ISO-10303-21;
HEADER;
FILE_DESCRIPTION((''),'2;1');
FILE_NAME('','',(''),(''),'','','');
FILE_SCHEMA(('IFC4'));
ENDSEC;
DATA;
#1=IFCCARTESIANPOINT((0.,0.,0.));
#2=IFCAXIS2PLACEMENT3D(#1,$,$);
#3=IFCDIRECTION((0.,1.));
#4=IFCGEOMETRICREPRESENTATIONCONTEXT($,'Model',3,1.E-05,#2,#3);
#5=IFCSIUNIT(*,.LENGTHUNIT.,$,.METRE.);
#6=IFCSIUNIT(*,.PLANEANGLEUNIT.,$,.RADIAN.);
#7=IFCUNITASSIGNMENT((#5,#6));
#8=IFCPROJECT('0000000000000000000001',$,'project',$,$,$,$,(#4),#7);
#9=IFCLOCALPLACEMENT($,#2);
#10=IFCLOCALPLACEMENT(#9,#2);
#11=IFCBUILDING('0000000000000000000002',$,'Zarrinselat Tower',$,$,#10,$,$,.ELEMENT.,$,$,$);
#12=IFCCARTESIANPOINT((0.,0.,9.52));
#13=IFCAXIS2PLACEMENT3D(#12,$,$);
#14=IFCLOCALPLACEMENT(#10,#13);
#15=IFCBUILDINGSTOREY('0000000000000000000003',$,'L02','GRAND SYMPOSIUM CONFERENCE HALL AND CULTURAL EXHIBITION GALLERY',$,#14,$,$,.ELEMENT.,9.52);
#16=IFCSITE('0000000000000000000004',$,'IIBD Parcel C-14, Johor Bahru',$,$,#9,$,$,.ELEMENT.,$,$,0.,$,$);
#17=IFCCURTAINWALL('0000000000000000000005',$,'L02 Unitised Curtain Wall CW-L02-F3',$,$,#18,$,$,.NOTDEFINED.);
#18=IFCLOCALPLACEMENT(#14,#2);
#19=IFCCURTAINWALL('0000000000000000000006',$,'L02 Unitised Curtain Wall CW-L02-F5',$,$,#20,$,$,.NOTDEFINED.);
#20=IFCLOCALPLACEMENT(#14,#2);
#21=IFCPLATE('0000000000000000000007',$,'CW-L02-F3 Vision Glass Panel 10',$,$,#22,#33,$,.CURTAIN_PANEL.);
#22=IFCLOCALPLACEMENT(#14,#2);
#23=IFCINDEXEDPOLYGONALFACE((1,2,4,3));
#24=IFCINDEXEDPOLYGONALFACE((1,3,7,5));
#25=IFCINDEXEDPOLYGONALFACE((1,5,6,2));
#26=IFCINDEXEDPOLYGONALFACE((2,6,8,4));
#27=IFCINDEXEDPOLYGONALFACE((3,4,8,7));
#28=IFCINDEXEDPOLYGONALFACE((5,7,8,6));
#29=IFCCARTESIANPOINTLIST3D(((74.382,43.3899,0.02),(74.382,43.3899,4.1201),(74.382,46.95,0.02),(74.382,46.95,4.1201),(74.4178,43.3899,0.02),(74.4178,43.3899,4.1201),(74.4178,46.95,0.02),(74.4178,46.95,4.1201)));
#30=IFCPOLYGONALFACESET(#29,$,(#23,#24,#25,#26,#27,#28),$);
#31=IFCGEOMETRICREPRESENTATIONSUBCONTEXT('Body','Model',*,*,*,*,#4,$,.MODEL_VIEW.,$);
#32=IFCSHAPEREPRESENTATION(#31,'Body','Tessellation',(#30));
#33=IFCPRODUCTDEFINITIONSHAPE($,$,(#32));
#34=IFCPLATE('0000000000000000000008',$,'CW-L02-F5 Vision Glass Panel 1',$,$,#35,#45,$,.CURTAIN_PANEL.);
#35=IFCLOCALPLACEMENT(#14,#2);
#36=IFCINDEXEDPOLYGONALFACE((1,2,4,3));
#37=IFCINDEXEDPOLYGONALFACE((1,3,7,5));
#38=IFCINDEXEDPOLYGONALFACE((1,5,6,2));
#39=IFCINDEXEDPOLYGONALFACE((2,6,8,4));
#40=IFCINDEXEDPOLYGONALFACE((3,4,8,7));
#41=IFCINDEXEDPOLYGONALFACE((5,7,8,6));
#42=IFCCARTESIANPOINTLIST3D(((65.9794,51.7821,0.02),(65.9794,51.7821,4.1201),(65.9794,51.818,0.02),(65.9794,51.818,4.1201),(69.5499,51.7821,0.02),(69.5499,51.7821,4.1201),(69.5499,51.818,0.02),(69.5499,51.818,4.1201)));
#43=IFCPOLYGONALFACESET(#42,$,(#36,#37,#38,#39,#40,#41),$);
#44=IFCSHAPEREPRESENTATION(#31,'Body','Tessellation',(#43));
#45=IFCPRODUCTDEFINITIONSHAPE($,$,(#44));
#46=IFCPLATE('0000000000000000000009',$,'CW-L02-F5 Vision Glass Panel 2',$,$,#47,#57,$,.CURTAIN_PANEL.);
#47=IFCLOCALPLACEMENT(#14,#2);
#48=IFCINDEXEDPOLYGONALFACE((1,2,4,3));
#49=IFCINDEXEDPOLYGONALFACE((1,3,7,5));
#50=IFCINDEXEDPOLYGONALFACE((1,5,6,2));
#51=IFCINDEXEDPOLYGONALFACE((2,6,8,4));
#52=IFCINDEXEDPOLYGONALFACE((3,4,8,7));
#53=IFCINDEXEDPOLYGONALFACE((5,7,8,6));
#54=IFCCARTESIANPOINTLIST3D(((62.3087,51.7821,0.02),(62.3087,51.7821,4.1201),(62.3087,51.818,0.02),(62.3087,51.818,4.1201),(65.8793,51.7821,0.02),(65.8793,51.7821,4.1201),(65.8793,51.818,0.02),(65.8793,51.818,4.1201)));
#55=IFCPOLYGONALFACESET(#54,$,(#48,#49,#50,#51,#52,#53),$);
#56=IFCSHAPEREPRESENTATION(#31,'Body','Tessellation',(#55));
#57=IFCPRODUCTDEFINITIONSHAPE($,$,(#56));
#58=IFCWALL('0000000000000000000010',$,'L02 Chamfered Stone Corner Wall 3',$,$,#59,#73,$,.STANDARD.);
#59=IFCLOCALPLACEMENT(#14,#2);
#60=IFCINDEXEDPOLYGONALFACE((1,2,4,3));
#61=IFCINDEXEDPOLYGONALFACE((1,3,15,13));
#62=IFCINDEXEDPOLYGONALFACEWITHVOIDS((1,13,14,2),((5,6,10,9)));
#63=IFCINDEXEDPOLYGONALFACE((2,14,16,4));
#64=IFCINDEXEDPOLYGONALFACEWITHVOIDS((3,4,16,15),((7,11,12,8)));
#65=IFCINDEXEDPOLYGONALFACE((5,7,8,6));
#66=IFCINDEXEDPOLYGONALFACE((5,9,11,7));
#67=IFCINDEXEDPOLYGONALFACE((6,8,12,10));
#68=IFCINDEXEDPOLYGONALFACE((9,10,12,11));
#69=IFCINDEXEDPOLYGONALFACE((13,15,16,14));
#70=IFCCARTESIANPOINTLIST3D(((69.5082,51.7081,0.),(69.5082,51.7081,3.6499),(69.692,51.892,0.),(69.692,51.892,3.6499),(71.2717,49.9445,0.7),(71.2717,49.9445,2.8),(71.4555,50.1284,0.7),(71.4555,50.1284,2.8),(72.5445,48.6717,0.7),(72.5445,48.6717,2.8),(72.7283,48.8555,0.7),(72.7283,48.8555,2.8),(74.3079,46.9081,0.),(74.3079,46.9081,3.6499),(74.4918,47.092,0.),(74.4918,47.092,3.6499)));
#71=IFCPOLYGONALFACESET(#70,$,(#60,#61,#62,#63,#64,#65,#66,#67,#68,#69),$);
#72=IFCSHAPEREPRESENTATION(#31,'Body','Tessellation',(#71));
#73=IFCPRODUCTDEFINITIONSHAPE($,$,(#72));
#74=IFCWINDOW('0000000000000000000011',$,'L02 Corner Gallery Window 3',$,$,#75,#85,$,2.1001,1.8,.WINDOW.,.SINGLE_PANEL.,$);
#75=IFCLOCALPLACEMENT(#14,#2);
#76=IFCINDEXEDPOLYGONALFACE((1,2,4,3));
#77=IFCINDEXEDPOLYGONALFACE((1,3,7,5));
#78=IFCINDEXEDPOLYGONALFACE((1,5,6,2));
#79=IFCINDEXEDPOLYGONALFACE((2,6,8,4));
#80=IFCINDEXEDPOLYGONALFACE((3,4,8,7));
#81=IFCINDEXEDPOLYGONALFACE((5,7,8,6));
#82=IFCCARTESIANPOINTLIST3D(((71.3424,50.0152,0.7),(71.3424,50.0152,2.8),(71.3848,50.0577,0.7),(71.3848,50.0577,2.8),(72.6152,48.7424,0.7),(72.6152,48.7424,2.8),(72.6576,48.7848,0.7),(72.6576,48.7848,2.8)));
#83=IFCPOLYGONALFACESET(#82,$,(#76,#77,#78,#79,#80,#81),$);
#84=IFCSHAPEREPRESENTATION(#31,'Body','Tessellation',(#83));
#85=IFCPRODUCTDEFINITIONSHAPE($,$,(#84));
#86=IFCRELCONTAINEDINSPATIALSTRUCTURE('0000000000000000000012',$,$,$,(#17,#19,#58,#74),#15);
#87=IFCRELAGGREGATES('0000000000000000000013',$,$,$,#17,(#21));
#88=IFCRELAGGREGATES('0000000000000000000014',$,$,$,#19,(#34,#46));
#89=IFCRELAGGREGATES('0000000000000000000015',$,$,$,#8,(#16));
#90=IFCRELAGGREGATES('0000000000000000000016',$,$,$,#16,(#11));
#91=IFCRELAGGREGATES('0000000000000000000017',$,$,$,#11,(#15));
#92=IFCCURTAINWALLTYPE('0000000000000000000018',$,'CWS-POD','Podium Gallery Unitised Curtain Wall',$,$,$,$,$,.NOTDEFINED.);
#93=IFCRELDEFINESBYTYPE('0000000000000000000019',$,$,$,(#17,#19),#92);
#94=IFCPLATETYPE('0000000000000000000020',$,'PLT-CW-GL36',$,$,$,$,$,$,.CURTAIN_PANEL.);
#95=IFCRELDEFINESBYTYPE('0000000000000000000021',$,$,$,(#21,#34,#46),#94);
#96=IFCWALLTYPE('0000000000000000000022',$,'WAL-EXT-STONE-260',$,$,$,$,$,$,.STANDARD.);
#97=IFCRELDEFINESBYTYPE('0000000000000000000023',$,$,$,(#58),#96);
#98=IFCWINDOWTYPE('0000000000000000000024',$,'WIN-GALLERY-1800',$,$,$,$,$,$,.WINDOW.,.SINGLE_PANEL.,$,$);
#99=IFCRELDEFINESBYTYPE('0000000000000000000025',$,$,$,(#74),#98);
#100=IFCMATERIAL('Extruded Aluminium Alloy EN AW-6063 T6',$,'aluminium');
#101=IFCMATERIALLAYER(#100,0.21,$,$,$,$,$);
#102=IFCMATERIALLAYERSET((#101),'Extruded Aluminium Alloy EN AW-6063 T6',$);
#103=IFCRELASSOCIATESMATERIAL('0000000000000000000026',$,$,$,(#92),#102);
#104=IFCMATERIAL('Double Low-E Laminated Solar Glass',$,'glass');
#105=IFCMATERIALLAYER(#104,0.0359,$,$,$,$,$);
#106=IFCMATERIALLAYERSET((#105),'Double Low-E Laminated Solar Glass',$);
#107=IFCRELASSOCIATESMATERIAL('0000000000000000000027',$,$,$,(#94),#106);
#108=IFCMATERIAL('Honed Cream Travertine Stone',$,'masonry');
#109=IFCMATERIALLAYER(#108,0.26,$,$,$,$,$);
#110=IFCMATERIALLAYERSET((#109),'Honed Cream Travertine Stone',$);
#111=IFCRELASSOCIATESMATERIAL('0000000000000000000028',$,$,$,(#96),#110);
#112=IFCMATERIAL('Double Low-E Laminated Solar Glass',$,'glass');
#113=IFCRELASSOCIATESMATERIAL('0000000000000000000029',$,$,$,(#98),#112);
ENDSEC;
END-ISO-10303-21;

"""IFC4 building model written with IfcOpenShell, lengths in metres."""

from ifc_helpers import new_model, si_unit, direction, frame, frame_2d, origin, origin_2d, place, context, subcontext, project, spatial, rectangle, extrude, material, layer, layer_set, type_object, element, fill, aggregate, save


model = new_model("IFC4")

# Units and contexts
model_context = context("Model", 3, precision=1e-05, world=origin(), true_north=direction((0.0, 1.0)))
body_context = subcontext(model_context, "Body", "Model", "MODEL_VIEW")
ifc_project = project(units=[si_unit("LENGTHUNIT", "METRE"), si_unit("PLANEANGLEUNIT", "RADIAN")], contexts=[model_context])

# Site, building, storey
site_placement = place(None, origin())
site = spatial("IfcSite", under=ifc_project, at=site_placement, Name="IIBD Parcel C-14, Johor Bahru", CompositionType="ELEMENT", RefElevation=0.0)
building_placement = place(site_placement, origin())
building = spatial("IfcBuilding", under=site, at=building_placement, Name="Zarrinselat Tower", CompositionType="ELEMENT")
storey_placement = place(building_placement, frame((0.0, 0.0, 9.52)))
storey = spatial("IfcBuildingStorey", under=building, at=storey_placement, Name="L02", Description="GRAND SYMPOSIUM CONFERENCE HALL AND CULTURAL EXHIBITION GALLERY", CompositionType="ELEMENT", Elevation=9.52)

# Curtain walls
ifc_material_1 = material(Name="Extruded Aluminium Alloy EN AW-6063 T6", Category="aluminium")
ifc_layer_1 = layer(ifc_material_1, 0.21)
ifc_layer_set_1 = layer_set([ifc_layer_1], Name="Extruded Aluminium Alloy EN AW-6063 T6")
curtain_wall_type = type_object("IfcCurtainWallType", Name="CWS-POD", Description="Podium Gallery Unitised Curtain Wall", PredefinedType="NOTDEFINED", material=ifc_layer_set_1)
curtain_wall_1_placement = place(storey_placement, origin())
curtain_wall_1 = element("IfcCurtainWall", 1, at=curtain_wall_1_placement, inside=storey, type_object=curtain_wall_type, Name="L02 Unitised Curtain Wall CW-L02-F3", PredefinedType="NOTDEFINED")
curtain_wall_2_placement = place(storey_placement, origin())
curtain_wall_2 = element("IfcCurtainWall", 2, at=curtain_wall_2_placement, inside=storey, type_object=curtain_wall_type, Name="L02 Unitised Curtain Wall CW-L02-F5", PredefinedType="NOTDEFINED")

# Plates
ifc_material_2 = material(Name="Double Low-E Laminated Solar Glass", Category="glass")
ifc_layer_2 = layer(ifc_material_2, 0.0359)
ifc_layer_set_2 = layer_set([ifc_layer_2], Name="Double Low-E Laminated Solar Glass")
plate_type = type_object("IfcPlateType", Name="PLT-CW-GL36", PredefinedType="CURTAIN_PANEL", material=ifc_layer_set_2)
plate_1_placement = place(storey_placement, frame((74.3999, 45.1699, 0.02), z_axis=(0.0, 0.0, 1.0), x_axis=(0.0, 1.0, 0.0)))
plate_1 = element("IfcPlate", 3, at=plate_1_placement, type_object=plate_type, Name="CW-L02-F3 Vision Glass Panel 10", PredefinedType="CURTAIN_PANEL", context=body_context, shape_type="SweptSolid", body=[
    extrude(rectangle(XDim=3.5601, YDim=0.0359, at=origin_2d()), origin(), (0.0, 0.0, 1.0), 4.1001),
])
aggregate(curtain_wall_1, [plate_1])
plate_2_placement = place(storey_placement, frame((67.7646, 51.8, 0.02), z_axis=(0.0, 0.0, 1.0), x_axis=(-1.0, 0.0, 0.0)))
plate_2 = element("IfcPlate", 4, at=plate_2_placement, type_object=plate_type, Name="CW-L02-F5 Vision Glass Panel 1", PredefinedType="CURTAIN_PANEL", context=body_context, shape_type="SweptSolid", body=[
    extrude(rectangle(XDim=3.5706, YDim=0.0359, at=origin_2d()), origin(), (0.0, 0.0, 1.0), 4.1001),
])
plate_3_placement = place(storey_placement, frame((64.094, 51.8, 0.02), z_axis=(0.0, 0.0, 1.0), x_axis=(-1.0, 0.0, 0.0)))
plate_3 = element("IfcPlate", 5, at=plate_3_placement, type_object=plate_type, Name="CW-L02-F5 Vision Glass Panel 2", PredefinedType="CURTAIN_PANEL", context=body_context, shape_type="SweptSolid", body=[
    extrude(rectangle(XDim=3.5706, YDim=0.0359, at=origin_2d()), origin(), (0.0, 0.0, 1.0), 4.1001),
])
aggregate(curtain_wall_2, [plate_2, plate_3])

# Wall, opening, window
ifc_material_3 = material(Name="Honed Cream Travertine Stone", Category="masonry")
ifc_layer_3 = layer(ifc_material_3, 0.26)
ifc_layer_set_3 = layer_set([ifc_layer_3], Name="Honed Cream Travertine Stone")
wall_type = type_object("IfcWallType", Name="WAL-EXT-STONE-260", PredefinedType="STANDARD", material=ifc_layer_set_3)
wall_placement = place(storey_placement, frame((69.6001, 51.8, 0.0), z_axis=(0.0, 0.0, 1.0), x_axis=(0.707089, -0.707125, 0.0)))
wall = element("IfcWall", 6, at=wall_placement, inside=storey, type_object=wall_type, Name="L02 Chamfered Stone Corner Wall 3", PredefinedType="STANDARD", context=body_context, shape_type="SweptSolid", body=[
    extrude(rectangle(XDim=6.7881, YDim=0.26, at=frame_2d((3.394, 0.0))), origin(), (0.0, 0.0, 1.0), 3.6499),
])
opening_placement = place(wall_placement, frame((2.4941, 0.0, 0.7)))
opening = element("IfcOpeningElement", 7, at=opening_placement, cuts=wall, PredefinedType="OPENING", context=body_context, shape_type="SweptSolid", body=[
    extrude(rectangle(XDim=1.8, YDim=2.1001, at=frame_2d((0.8999, 1.05))), frame((0.0, 0.1399, 0.0), z_axis=(0.0, -1.0, 0.0), x_axis=(1.0, 0.0, 0.0)), (0.0, 0.0, 1.0), 0.28),
])
ifc_material_4 = material(Name="Double Low-E Laminated Solar Glass", Category="glass")
window_type = type_object("IfcWindowType", Name="WIN-GALLERY-1800", PartitioningType="SINGLE_PANEL", PredefinedType="WINDOW", material=ifc_material_4)
window_placement = place(opening_placement, origin())
window = element("IfcWindow", 8, at=window_placement, inside=storey, type_object=window_type, Name="L02 Corner Gallery Window 3", OverallHeight=2.1001, OverallWidth=1.8, PartitioningType="SINGLE_PANEL", PredefinedType="WINDOW", context=body_context, shape_type="SweptSolid", body=[
    extrude(rectangle(XDim=1.8, YDim=2.1001, at=frame_2d((0.8999, 1.05))), frame((0.0, 0.03, 0.0), z_axis=(0.0, -1.0, 0.0), x_axis=(1.0, 0.0, 0.0)), (0.0, 0.0, 1.0), 0.0601),
])
fill(opening, window)

save(model, "model.ifc")
